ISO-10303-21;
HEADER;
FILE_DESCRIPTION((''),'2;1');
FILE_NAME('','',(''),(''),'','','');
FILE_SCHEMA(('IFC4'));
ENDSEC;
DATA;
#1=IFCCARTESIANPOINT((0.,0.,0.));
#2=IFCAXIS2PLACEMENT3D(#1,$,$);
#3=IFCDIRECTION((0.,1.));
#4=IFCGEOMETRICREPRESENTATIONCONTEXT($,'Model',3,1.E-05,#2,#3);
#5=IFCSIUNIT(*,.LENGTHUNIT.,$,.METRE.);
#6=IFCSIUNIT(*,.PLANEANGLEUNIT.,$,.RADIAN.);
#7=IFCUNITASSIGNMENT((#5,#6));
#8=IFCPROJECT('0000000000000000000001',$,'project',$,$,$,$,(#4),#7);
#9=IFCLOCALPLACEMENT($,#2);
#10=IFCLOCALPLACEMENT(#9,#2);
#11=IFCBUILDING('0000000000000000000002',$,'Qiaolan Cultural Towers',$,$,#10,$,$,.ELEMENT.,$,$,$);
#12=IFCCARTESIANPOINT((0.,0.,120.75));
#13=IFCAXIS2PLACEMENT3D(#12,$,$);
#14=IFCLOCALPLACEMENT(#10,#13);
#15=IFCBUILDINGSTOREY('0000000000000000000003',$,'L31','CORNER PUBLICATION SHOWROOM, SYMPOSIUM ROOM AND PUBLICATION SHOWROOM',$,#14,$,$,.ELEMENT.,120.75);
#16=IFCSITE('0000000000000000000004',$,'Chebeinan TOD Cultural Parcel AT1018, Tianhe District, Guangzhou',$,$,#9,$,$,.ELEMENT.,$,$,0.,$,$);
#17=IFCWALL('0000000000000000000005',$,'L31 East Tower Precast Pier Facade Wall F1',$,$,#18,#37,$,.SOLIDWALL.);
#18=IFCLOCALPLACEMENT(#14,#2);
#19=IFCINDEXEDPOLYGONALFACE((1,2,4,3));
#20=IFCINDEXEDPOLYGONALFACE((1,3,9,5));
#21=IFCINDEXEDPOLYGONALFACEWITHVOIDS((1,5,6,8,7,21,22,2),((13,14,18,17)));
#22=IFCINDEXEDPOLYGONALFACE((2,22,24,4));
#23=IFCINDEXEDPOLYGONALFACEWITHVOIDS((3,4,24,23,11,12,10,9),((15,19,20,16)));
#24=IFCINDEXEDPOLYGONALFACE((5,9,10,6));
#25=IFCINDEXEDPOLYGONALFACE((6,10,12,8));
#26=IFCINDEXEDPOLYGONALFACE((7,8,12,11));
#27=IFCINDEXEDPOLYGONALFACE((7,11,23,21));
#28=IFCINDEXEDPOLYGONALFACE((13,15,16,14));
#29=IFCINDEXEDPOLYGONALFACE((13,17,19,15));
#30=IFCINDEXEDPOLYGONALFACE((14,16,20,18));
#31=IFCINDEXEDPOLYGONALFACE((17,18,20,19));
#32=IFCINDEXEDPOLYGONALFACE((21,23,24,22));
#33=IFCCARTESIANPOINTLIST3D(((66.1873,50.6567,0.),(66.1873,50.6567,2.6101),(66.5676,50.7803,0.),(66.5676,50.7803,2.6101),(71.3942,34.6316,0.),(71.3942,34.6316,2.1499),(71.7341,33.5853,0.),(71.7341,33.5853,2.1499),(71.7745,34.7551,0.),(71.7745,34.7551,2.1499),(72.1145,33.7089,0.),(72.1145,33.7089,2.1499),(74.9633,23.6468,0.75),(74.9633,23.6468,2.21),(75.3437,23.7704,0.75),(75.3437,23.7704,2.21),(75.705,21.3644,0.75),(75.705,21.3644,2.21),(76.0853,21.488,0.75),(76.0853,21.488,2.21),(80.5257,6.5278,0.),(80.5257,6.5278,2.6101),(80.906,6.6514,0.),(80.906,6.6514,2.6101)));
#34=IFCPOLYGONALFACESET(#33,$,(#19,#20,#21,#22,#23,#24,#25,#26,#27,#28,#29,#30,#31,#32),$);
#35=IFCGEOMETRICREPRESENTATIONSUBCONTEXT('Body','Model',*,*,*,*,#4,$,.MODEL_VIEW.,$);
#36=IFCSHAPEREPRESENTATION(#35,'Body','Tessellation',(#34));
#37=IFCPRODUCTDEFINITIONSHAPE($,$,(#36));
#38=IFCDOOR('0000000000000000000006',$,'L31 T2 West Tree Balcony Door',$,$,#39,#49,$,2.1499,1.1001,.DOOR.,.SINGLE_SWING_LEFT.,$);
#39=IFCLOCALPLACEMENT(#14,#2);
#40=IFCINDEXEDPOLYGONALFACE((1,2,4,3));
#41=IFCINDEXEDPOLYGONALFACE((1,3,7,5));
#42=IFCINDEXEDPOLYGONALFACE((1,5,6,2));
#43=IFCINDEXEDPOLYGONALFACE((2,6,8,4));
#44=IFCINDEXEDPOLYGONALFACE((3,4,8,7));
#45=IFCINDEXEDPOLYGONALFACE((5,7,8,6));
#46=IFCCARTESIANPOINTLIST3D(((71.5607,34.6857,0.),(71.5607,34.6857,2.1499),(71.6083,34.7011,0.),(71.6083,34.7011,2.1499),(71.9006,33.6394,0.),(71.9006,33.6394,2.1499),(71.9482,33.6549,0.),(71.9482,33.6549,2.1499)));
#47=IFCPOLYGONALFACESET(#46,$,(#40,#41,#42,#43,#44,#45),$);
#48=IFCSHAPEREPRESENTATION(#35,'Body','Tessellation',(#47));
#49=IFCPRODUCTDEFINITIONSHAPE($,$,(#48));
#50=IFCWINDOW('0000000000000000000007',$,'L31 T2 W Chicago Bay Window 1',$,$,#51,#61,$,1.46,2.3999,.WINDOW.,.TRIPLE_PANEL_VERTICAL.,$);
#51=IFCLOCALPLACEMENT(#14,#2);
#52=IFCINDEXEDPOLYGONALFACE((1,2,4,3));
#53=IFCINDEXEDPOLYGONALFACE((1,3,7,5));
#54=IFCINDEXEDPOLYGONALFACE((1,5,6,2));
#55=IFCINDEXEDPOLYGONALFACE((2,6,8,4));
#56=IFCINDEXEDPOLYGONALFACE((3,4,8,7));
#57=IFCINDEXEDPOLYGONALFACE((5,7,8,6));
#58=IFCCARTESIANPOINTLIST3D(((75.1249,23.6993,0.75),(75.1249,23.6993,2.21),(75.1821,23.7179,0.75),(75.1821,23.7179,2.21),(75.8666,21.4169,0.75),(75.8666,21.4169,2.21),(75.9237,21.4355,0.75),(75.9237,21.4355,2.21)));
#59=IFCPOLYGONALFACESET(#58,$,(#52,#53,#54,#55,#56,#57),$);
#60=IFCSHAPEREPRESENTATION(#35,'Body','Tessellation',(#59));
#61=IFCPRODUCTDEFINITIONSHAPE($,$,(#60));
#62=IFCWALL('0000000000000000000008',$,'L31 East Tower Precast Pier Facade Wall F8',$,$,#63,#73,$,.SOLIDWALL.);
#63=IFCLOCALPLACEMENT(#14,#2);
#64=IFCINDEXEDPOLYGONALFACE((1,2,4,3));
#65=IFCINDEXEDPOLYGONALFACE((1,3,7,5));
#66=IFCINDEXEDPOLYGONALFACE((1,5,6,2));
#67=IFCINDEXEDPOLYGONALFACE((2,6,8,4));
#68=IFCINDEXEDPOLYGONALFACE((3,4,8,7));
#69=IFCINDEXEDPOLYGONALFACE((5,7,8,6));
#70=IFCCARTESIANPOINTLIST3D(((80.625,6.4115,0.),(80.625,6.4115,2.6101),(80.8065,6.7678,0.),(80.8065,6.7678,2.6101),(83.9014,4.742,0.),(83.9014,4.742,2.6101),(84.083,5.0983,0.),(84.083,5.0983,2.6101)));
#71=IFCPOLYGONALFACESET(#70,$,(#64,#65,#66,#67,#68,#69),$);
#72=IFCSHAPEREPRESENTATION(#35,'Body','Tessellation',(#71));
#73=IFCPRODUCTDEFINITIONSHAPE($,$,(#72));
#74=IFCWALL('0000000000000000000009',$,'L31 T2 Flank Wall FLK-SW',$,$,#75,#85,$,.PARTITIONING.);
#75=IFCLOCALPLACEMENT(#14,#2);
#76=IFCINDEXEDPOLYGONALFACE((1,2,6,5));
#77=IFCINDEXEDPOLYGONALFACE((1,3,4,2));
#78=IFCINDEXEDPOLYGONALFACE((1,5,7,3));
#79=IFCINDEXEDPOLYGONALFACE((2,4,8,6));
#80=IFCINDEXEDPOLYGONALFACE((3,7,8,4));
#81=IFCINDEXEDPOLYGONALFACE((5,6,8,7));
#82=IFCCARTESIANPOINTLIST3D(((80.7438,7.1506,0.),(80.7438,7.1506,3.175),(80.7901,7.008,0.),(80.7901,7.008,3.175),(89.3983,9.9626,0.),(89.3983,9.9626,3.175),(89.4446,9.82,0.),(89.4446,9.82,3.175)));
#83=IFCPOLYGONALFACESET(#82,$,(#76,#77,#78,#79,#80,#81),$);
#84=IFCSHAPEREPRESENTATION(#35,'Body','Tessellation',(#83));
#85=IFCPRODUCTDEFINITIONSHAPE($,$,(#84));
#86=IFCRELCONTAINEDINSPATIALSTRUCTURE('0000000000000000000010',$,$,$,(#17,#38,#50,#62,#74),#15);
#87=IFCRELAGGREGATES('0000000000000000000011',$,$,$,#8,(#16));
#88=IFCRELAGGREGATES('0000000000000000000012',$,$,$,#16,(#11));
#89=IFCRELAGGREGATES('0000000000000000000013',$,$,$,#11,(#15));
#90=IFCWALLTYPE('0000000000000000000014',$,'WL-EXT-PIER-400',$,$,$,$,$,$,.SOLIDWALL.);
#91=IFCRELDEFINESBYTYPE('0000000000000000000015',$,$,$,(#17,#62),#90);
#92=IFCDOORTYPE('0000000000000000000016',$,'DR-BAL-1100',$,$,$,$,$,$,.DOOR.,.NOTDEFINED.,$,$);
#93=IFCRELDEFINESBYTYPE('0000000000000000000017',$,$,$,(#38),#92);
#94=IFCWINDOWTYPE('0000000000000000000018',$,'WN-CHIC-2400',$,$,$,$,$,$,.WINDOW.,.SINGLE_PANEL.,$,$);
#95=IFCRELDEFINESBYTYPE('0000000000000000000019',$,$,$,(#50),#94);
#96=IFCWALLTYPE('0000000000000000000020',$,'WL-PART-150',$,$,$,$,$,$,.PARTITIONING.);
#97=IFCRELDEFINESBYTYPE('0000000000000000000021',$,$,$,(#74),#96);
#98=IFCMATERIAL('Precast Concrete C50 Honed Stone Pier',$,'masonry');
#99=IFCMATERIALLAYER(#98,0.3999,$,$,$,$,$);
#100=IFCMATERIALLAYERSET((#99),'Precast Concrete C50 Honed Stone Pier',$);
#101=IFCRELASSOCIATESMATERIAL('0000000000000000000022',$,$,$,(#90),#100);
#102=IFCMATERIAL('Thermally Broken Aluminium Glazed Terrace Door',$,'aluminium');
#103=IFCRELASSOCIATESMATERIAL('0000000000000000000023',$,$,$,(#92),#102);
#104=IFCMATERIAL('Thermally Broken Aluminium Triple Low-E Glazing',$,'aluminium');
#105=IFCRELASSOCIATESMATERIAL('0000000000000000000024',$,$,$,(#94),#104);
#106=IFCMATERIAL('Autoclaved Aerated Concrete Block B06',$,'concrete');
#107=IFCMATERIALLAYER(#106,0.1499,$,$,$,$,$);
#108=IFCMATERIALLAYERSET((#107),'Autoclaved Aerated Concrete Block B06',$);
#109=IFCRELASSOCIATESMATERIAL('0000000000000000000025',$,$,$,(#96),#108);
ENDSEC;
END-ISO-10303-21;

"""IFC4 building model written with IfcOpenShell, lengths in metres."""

from ifc_helpers import new_model, si_unit, direction, frame, frame_2d, origin, place, context, subcontext, project, spatial, rectangle, extrude, material, layer, layer_set, type_object, element, fill, save


model = new_model("IFC4")

# Units and contexts
model_context = context("Model", 3, precision=1e-05, world=origin(), true_north=direction((0.0, 1.0)))
body_context = subcontext(model_context, "Body", "Model", "MODEL_VIEW")
ifc_project = project(units=[si_unit("LENGTHUNIT", "METRE"), si_unit("PLANEANGLEUNIT", "RADIAN")], contexts=[model_context])

# Site, building, storey
site_placement = place(None, origin())
site = spatial("IfcSite", under=ifc_project, at=site_placement, Name="Chebeinan TOD Cultural Parcel AT1018, Tianhe District, Guangzhou", CompositionType="ELEMENT", RefElevation=0.0)
building_placement = place(site_placement, origin())
building = spatial("IfcBuilding", under=site, at=building_placement, Name="Qiaolan Cultural Towers", CompositionType="ELEMENT")
storey_placement = place(building_placement, frame((0.0, 0.0, 120.75)))
storey = spatial("IfcBuildingStorey", under=building, at=storey_placement, Name="L31", Description="CORNER PUBLICATION SHOWROOM, SYMPOSIUM ROOM AND PUBLICATION SHOWROOM", CompositionType="ELEMENT", Elevation=120.75)

# Wall, openings, door, window
ifc_material_1 = material(Name="Precast Concrete C50 Honed Stone Pier", Category="masonry")
ifc_layer_1 = layer(ifc_material_1, 0.3999)
ifc_layer_set_1 = layer_set([ifc_layer_1], Name="Precast Concrete C50 Honed Stone Pier")
wall_type_1 = type_object("IfcWallType", Name="WL-EXT-PIER-400", PredefinedType="SOLIDWALL", material=ifc_layer_set_1)
wall_1_placement = place(storey_placement, frame((80.7158, 6.5896, 0.0), z_axis=(0.0, 0.0, 1.0), x_axis=(-0.309018, 0.951056, 0.0)))
wall_1 = element("IfcWall", 1, at=wall_1_placement, inside=storey, type_object=wall_type_1, Name="L31 East Tower Precast Pier Facade Wall F1", PredefinedType="SOLIDWALL", context=body_context, shape_type="SweptSolid", body=[
    extrude(rectangle(XDim=46.3999, YDim=0.3999, at=frame_2d((23.2, 0.0))), origin(), (0.0, 0.0, 1.0), 2.6101),
])
opening_1_placement = place(wall_1_placement, frame((15.6001, 0.0, 0.75)))
opening_1 = element("IfcOpeningElement", 2, at=opening_1_placement, cuts=wall_1, PredefinedType="OPENING", context=body_context, shape_type="SweptSolid", body=[
    extrude(rectangle(XDim=2.3999, YDim=1.46, at=frame_2d((1.2, 0.73))), frame((0.0, 0.21, 0.0), z_axis=(0.0, -1.0, 0.0), x_axis=(1.0, 0.0, 0.0)), (0.0, 0.0, 1.0), 0.4199),
])
opening_2_placement = place(wall_1_placement, frame((28.45, 0.0, 0.0)))
opening_2 = element("IfcOpeningElement", 3, at=opening_2_placement, cuts=wall_1, PredefinedType="OPENING", context=body_context, shape_type="SweptSolid", body=[
    extrude(rectangle(XDim=1.1001, YDim=2.1499, at=frame_2d((0.55, 1.075))), frame((0.0, 0.21, 0.0), z_axis=(0.0, -1.0, 0.0), x_axis=(1.0, 0.0, 0.0)), (0.0, 0.0, 1.0), 0.4199),
])
ifc_material_2 = material(Name="Thermally Broken Aluminium Glazed Terrace Door", Category="aluminium")
door_type = type_object("IfcDoorType", Name="DR-BAL-1100", OperationType="NOTDEFINED", PredefinedType="DOOR", material=ifc_material_2)
door_placement = place(opening_2_placement, origin())
door = element("IfcDoor", 4, at=door_placement, inside=storey, type_object=door_type, Name="L31 T2 West Tree Balcony Door", OperationType="SINGLE_SWING_LEFT", OverallHeight=2.1499, OverallWidth=1.1001, PredefinedType="DOOR", context=body_context, shape_type="SweptSolid", body=[
    extrude(rectangle(XDim=1.1001, YDim=2.1499, at=frame_2d((0.55, 1.075))), frame((0.0, 0.0249, 0.0), z_axis=(0.0, -1.0, 0.0), x_axis=(1.0, 0.0, 0.0)), (0.0, 0.0, 1.0), 0.05),
])
fill(opening_2, door)
ifc_material_3 = material(Name="Thermally Broken Aluminium Triple Low-E Glazing", Category="aluminium")
window_type = type_object("IfcWindowType", Name="WN-CHIC-2400", PartitioningType="SINGLE_PANEL", PredefinedType="WINDOW", material=ifc_material_3)
window_placement = place(opening_1_placement, origin())
window = element("IfcWindow", 5, at=window_placement, inside=storey, type_object=window_type, Name="L31 T2 W Chicago Bay Window 1", OverallHeight=1.46, OverallWidth=2.3999, PartitioningType="TRIPLE_PANEL_VERTICAL", PredefinedType="WINDOW", context=body_context, shape_type="SweptSolid", body=[
    extrude(rectangle(XDim=2.3999, YDim=1.46, at=frame_2d((1.2, 0.73))), frame((0.0, 0.03, 0.0), z_axis=(0.0, -1.0, 0.0), x_axis=(1.0, 0.0, 0.0)), (0.0, 0.0, 1.0), 0.0601),
])
fill(opening_1, window)

# Walls
wall_2_placement = place(storey_placement, frame((83.9922, 4.9202, 0.0), z_axis=(0.0, 0.0, 1.0), x_axis=(-0.891002, 0.453999, 0.0)))
element("IfcWall", 6, at=wall_2_placement, inside=storey, type_object=wall_type_1, Name="L31 East Tower Precast Pier Facade Wall F8", PredefinedType="SOLIDWALL", context=body_context, shape_type="SweptSolid", body=[
    extrude(rectangle(XDim=3.6772, YDim=0.3999, at=frame_2d((1.8386, 0.0))), origin(), (0.0, 0.0, 1.0), 2.6101),
])
ifc_material_4 = material(Name="Autoclaved Aerated Concrete Block B06", Category="concrete")
ifc_layer_2 = layer(ifc_material_4, 0.1499)
ifc_layer_set_2 = layer_set([ifc_layer_2], Name="Autoclaved Aerated Concrete Block B06")
wall_type_2 = type_object("IfcWallType", Name="WL-PART-150", PredefinedType="PARTITIONING", material=ifc_layer_set_2)
wall_3_placement = place(storey_placement, frame((80.7671, 7.0793, 0.0), z_axis=(0.0, 0.0, 1.0), x_axis=(0.951057, 0.309015, 0.0)))
element("IfcWall", 7, at=wall_3_placement, inside=storey, type_object=wall_type_2, Name="L31 T2 Flank Wall FLK-SW", PredefinedType="PARTITIONING", context=body_context, shape_type="SweptSolid", body=[
    extrude(rectangle(XDim=9.0999, YDim=0.1499, at=frame_2d((4.5498, 0.0))), origin(), (0.0, 0.0, 1.0), 3.175),
])

save(model, "model.ifc")
